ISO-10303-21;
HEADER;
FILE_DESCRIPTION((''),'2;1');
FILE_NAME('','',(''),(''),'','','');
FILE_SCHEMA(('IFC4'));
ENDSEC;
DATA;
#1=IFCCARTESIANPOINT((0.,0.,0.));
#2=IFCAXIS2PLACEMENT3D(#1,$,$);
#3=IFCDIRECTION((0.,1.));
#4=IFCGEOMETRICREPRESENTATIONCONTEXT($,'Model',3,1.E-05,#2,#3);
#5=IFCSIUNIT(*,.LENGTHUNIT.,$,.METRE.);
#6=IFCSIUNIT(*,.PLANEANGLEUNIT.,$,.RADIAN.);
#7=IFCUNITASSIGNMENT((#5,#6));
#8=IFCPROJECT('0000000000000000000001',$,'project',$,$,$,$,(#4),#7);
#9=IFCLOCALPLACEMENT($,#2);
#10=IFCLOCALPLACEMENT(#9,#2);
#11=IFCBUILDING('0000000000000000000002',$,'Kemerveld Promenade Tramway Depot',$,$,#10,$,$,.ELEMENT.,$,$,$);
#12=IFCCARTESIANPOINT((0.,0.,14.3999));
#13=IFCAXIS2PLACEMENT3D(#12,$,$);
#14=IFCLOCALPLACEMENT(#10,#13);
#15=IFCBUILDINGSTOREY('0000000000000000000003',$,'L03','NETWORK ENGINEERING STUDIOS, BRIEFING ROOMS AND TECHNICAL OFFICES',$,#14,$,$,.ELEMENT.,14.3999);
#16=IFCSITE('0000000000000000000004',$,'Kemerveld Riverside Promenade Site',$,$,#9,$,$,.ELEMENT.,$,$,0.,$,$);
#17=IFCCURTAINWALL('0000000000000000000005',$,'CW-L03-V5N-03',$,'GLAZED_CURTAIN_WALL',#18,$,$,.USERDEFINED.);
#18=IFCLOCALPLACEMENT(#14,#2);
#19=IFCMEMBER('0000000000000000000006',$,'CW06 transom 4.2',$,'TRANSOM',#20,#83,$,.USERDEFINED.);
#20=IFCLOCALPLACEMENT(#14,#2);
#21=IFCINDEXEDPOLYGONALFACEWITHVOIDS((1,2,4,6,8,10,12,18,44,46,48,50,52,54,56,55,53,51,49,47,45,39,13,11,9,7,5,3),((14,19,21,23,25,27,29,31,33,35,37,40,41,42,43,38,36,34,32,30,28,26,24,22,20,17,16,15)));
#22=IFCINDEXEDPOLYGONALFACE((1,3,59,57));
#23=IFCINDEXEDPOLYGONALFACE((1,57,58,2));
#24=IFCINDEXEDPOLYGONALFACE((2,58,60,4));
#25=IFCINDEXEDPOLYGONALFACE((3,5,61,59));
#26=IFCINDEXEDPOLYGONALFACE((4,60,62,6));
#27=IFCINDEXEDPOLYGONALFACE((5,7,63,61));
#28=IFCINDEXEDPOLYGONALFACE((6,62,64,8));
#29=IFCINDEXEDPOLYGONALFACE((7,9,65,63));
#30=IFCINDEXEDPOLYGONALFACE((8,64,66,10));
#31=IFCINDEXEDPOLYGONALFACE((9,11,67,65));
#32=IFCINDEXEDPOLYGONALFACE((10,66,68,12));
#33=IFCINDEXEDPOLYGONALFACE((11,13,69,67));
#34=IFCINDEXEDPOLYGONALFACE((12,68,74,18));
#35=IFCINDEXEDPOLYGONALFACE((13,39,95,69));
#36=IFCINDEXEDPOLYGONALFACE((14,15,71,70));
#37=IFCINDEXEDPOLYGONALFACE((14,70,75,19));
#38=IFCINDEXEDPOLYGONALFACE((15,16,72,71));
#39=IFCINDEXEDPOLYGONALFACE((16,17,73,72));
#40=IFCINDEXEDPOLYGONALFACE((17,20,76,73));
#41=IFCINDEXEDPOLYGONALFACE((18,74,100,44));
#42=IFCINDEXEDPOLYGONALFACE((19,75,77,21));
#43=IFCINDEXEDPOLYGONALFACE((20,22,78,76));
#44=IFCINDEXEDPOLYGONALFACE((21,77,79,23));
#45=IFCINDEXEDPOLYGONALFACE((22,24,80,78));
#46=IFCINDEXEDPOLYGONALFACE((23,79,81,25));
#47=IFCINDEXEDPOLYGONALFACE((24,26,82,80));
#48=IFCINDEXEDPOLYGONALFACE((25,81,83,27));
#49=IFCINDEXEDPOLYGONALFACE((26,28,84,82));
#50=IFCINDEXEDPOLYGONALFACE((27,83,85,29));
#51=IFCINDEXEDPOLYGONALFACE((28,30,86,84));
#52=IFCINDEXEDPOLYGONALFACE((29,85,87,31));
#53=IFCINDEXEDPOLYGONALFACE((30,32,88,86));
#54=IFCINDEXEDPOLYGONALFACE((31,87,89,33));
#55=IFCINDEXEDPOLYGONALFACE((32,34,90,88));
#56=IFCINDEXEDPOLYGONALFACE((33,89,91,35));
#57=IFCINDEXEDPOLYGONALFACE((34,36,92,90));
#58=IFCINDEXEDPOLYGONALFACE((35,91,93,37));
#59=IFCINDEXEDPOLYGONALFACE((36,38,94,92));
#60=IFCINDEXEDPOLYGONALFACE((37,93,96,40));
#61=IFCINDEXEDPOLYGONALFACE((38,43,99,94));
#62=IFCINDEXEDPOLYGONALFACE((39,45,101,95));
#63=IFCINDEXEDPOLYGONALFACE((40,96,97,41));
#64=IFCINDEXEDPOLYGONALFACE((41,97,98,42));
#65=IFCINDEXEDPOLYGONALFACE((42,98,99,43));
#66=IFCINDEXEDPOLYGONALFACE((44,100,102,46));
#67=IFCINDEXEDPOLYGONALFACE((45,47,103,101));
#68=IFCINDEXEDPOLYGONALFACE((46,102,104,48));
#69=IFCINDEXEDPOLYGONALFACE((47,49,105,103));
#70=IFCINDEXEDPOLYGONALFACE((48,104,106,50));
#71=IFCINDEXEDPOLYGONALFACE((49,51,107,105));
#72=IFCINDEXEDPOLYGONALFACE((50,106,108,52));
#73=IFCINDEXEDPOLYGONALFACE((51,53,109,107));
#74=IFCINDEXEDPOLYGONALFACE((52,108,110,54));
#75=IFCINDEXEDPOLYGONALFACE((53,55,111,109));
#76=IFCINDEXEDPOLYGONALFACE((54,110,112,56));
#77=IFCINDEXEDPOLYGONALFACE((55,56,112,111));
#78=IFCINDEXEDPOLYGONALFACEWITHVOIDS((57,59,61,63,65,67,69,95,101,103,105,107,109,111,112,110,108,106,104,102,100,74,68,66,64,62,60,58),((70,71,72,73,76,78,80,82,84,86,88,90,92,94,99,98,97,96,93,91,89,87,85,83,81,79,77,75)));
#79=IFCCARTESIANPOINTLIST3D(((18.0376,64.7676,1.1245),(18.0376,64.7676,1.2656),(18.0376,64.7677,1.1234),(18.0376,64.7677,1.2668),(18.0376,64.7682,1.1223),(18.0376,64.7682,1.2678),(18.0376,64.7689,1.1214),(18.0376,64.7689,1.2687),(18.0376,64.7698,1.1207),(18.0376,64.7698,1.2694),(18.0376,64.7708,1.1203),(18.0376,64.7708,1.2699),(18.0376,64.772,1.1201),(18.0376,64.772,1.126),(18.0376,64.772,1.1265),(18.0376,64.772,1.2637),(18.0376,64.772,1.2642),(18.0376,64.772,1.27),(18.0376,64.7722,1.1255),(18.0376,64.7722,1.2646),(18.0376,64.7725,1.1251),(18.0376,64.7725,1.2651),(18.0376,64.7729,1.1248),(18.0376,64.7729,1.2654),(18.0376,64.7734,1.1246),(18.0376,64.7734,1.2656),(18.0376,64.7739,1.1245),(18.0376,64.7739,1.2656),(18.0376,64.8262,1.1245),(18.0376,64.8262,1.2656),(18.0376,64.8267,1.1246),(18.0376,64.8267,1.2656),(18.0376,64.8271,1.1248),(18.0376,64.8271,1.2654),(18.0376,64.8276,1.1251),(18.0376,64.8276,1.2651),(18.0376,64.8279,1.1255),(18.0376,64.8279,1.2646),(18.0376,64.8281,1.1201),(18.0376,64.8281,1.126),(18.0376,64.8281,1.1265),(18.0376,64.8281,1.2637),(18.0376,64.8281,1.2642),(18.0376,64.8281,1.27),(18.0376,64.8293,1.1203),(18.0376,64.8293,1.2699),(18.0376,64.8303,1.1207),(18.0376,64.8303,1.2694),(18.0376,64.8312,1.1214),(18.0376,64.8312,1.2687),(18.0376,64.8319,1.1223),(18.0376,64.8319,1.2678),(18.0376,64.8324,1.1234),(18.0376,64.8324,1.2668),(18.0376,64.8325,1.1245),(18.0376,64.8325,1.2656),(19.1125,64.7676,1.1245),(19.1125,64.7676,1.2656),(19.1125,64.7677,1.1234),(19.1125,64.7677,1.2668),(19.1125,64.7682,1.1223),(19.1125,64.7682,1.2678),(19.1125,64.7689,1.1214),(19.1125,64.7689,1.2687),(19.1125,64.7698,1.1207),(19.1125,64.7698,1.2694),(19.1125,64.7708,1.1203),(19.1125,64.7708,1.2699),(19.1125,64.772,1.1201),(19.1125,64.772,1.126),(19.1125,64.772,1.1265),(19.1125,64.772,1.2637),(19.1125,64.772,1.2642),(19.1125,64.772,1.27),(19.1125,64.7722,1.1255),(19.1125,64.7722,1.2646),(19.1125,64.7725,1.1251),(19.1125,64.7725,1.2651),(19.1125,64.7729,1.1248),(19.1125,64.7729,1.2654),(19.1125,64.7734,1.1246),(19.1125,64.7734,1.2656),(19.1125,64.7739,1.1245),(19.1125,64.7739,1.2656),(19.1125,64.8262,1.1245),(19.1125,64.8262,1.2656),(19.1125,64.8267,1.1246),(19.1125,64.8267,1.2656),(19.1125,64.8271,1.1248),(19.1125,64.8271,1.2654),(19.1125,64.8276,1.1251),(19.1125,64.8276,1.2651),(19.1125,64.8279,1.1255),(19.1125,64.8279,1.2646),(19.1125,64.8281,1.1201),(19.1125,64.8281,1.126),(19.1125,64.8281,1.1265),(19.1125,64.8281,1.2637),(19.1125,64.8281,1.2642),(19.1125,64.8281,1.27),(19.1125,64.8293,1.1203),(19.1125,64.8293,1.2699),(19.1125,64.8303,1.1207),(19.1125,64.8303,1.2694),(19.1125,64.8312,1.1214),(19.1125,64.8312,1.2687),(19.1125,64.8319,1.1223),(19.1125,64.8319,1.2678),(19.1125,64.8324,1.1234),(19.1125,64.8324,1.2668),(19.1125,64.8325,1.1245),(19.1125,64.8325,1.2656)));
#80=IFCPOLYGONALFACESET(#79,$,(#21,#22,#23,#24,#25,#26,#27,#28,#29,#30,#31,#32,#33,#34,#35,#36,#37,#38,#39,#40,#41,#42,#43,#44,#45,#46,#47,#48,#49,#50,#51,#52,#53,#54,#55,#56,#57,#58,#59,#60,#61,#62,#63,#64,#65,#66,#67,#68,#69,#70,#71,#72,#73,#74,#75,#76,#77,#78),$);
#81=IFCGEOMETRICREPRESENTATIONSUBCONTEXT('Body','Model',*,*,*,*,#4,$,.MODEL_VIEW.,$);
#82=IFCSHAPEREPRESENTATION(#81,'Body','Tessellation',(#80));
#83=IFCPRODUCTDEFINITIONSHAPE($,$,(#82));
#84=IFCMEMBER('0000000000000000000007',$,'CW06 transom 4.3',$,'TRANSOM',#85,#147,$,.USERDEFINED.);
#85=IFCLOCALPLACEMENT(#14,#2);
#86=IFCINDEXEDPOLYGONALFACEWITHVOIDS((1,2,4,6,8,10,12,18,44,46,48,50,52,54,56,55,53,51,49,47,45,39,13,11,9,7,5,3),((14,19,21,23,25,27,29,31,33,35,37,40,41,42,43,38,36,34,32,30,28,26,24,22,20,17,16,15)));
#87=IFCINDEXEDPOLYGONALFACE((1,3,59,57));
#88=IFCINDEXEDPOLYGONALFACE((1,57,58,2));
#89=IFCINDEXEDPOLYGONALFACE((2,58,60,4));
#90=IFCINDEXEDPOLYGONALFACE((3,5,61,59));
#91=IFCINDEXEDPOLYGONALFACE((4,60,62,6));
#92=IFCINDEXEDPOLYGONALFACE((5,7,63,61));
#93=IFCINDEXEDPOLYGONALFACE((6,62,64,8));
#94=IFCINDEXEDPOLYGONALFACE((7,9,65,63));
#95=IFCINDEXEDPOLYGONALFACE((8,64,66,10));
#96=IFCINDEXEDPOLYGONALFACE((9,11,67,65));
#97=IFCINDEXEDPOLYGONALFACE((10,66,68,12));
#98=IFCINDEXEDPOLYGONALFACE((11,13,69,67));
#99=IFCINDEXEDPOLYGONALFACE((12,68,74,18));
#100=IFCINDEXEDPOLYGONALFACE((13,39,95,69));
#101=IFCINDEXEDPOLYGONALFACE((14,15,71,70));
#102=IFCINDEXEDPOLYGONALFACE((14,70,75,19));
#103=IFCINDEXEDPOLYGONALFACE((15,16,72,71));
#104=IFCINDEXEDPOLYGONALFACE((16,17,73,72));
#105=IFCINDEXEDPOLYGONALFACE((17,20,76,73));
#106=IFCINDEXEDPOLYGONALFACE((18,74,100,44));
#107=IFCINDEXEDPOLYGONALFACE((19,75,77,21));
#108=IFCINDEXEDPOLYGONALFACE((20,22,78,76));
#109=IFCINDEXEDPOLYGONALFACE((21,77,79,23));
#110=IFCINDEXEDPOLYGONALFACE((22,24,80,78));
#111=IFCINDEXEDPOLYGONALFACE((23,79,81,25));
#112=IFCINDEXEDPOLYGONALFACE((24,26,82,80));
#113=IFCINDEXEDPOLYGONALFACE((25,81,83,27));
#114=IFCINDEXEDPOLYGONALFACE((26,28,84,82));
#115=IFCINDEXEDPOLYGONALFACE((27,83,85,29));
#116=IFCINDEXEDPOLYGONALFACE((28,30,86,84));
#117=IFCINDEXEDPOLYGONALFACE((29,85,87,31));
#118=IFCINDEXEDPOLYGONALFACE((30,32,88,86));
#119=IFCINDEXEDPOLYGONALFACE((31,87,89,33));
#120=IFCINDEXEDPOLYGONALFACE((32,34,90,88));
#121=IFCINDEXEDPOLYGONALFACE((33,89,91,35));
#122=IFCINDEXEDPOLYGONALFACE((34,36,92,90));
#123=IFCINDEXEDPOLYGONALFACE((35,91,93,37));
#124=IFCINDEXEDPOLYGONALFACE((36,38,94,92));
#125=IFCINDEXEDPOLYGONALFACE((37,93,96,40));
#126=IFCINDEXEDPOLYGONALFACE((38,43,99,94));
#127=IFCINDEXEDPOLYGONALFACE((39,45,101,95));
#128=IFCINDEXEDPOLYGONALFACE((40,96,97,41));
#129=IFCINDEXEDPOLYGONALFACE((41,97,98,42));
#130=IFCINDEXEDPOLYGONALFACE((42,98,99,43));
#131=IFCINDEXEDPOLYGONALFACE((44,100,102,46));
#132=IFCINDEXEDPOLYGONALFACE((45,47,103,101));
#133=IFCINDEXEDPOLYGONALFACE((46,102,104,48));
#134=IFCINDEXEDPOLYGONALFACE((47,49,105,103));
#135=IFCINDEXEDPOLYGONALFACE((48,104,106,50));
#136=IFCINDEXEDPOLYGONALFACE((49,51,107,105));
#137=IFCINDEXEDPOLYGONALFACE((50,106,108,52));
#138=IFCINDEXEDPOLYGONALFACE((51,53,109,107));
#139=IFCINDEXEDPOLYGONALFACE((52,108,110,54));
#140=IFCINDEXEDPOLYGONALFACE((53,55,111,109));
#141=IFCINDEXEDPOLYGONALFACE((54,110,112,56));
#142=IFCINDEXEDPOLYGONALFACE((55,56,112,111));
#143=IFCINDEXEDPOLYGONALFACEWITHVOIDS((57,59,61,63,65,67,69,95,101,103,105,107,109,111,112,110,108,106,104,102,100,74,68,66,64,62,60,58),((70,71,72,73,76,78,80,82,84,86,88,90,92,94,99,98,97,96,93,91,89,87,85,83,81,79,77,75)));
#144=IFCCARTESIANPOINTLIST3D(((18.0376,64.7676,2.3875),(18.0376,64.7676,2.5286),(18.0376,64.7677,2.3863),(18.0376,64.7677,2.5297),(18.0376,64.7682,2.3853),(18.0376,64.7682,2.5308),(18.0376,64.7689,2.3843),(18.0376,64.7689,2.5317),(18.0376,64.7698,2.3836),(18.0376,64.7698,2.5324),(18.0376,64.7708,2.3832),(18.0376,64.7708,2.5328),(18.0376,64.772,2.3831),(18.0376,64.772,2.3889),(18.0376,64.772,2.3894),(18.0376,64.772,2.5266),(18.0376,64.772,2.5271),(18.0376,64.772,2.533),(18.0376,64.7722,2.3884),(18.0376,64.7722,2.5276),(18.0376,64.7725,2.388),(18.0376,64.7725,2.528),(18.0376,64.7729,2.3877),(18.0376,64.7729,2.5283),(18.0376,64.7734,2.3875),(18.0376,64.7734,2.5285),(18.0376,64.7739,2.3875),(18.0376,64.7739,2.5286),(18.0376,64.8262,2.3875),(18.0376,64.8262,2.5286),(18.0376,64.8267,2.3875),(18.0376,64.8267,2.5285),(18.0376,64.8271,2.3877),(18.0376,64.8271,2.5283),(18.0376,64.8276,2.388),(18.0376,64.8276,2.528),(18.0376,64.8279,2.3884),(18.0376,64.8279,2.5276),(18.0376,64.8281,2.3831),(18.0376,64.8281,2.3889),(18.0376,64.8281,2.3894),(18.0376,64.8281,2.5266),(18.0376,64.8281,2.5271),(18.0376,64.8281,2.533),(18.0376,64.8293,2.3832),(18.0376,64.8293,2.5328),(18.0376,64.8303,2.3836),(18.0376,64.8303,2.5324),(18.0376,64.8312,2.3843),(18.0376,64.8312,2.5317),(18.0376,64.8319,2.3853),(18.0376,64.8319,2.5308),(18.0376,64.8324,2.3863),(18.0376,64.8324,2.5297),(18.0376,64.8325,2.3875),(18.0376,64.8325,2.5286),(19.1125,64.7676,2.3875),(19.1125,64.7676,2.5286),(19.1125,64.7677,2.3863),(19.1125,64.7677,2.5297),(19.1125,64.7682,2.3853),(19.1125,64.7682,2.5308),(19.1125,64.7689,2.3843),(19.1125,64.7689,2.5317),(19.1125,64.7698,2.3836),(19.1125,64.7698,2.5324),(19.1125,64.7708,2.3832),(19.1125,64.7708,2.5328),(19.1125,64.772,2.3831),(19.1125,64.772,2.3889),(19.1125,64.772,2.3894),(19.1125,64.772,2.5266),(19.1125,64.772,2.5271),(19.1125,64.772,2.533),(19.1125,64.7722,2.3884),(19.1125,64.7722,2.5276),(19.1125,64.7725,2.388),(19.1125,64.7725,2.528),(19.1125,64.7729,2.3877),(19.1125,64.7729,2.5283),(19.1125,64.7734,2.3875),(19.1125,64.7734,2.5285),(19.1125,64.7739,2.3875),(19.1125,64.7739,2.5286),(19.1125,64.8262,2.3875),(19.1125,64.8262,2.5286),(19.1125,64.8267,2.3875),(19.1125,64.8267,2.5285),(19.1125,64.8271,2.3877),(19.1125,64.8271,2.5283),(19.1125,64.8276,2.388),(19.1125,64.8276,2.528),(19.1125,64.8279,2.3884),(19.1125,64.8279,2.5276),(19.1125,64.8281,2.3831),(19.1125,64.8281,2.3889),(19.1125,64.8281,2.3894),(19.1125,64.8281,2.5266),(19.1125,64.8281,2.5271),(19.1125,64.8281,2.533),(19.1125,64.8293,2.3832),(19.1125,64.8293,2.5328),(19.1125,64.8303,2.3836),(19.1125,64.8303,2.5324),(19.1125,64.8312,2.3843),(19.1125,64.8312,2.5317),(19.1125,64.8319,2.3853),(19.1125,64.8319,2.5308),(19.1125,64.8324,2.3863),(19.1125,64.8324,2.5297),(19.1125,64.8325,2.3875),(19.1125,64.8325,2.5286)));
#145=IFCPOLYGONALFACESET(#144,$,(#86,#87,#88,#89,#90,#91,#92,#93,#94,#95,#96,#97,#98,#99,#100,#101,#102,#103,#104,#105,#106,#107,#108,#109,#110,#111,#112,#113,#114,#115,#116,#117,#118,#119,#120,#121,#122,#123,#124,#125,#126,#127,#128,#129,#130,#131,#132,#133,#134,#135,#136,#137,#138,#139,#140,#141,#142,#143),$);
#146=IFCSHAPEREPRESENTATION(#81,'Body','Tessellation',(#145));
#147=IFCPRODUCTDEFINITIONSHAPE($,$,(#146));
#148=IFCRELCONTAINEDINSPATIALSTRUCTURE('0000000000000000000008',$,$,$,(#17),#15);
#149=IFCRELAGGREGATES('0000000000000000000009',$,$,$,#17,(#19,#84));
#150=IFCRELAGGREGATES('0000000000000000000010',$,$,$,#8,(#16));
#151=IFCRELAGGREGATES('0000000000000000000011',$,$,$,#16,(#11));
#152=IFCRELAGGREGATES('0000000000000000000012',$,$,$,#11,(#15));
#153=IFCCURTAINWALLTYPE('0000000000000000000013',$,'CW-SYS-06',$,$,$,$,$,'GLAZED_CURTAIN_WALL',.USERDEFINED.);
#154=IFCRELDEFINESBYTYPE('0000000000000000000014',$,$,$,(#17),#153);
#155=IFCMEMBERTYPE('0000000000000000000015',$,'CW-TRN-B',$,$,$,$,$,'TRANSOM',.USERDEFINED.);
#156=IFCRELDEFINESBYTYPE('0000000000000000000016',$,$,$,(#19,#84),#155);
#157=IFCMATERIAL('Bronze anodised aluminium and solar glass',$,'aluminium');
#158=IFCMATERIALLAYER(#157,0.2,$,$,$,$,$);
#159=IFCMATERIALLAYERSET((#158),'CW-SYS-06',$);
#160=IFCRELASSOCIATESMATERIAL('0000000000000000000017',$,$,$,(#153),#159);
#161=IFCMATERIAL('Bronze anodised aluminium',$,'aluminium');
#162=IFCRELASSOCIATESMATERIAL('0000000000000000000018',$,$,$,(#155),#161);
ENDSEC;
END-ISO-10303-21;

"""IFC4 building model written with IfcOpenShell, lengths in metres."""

from ifc_helpers import new_model, si_unit, direction, frame, origin, origin_2d, place, context, subcontext, project, spatial, hollow_rectangle, extrude, material, layer, layer_set, material_profile, profile_set, type_object, element, aggregate, save


model = new_model("IFC4")

# Units and contexts
model_context = context("Model", 3, precision=1e-05, world=origin(), true_north=direction((0.0, 1.0)))
body_context = subcontext(model_context, "Body", "Model", "MODEL_VIEW")
ifc_project = project(units=[si_unit("LENGTHUNIT", "METRE"), si_unit("PLANEANGLEUNIT", "RADIAN")], contexts=[model_context])

# Site, building, storey
site_placement = place(None, origin())
site = spatial("IfcSite", under=ifc_project, at=site_placement, Name="Kemerveld Riverside Promenade Site", CompositionType="ELEMENT", RefElevation=0.0)
building_placement = place(site_placement, origin())
building = spatial("IfcBuilding", under=site, at=building_placement, Name="Kemerveld Promenade Tramway Depot", CompositionType="ELEMENT")
storey_placement = place(building_placement, frame((0.0, 0.0, 14.3999)))
storey = spatial("IfcBuildingStorey", under=building, at=storey_placement, Name="L03", Description="NETWORK ENGINEERING STUDIOS, BRIEFING ROOMS AND TECHNICAL OFFICES", CompositionType="ELEMENT", Elevation=14.3999)

# Curtain wall, members
ifc_material_1 = material(Name="Bronze anodised aluminium and solar glass", Category="aluminium")
ifc_layer_1 = layer(ifc_material_1, 0.2)
ifc_layer_set_1 = layer_set([ifc_layer_1], Name="CW-SYS-06")
curtain_wall_type = type_object("IfcCurtainWallType", Name="CW-SYS-06", ElementType="GLAZED_CURTAIN_WALL", PredefinedType="USERDEFINED", material=ifc_layer_set_1)
curtain_wall_placement = place(storey_placement, origin())
curtain_wall = element("IfcCurtainWall", 1, at=curtain_wall_placement, inside=storey, type_object=curtain_wall_type, Name="CW-L03-V5N-03", ObjectType="GLAZED_CURTAIN_WALL", PredefinedType="USERDEFINED")
ifc_material_2 = material(Name="Bronze anodised aluminium", Category="aluminium")
ifc_material_profile_1 = material_profile(ifc_material_2, hollow_rectangle(XDim=0.0649, YDim=0.1499, WallThickness=0.0044, InnerFilletRadius=0.002, OuterFilletRadius=0.0044, at=origin_2d()), Name="CW-TRN-150x65")
ifc_profile_set_1 = profile_set([ifc_material_profile_1], Name="Bronze anodised aluminium")
member_type_1 = type_object("IfcMemberType", Name="CW-TRN-B", ElementType="TRANSOM", PredefinedType="USERDEFINED", material=ifc_profile_set_1)
member_1_placement = place(storey_placement, frame((18.0376, 64.8, 1.1951), z_axis=(1.0, 0.0, 0.0), x_axis=(0.0, 1.0, 0.0)))
member_1 = element("IfcMember", 2, at=member_1_placement, type_object=member_type_1, Name="CW06 transom 4.2", ObjectType="TRANSOM", PredefinedType="USERDEFINED", context=body_context, shape_type="SweptSolid", body=[
    extrude(hollow_rectangle(XDim=0.0649, YDim=0.1499, WallThickness=0.0044, InnerFilletRadius=0.002, OuterFilletRadius=0.0044, at=origin_2d()), origin(), (0.0, 0.0, 1.0), 1.075),
])
member_2_placement = place(storey_placement, frame((18.0376, 64.8, 2.458), z_axis=(1.0, 0.0, 0.0), x_axis=(0.0, 1.0, 0.0)))
member_2 = element("IfcMember", 3, at=member_2_placement, type_object=member_type_1, Name="CW06 transom 4.3", ObjectType="TRANSOM", PredefinedType="USERDEFINED", context=body_context, shape_type="SweptSolid", body=[
    extrude(hollow_rectangle(XDim=0.0649, YDim=0.1499, WallThickness=0.0044, InnerFilletRadius=0.002, OuterFilletRadius=0.0044, at=origin_2d()), origin(), (0.0, 0.0, 1.0), 1.075),
])
aggregate(curtain_wall, [member_1, member_2])

save(model, "model.ifc")
